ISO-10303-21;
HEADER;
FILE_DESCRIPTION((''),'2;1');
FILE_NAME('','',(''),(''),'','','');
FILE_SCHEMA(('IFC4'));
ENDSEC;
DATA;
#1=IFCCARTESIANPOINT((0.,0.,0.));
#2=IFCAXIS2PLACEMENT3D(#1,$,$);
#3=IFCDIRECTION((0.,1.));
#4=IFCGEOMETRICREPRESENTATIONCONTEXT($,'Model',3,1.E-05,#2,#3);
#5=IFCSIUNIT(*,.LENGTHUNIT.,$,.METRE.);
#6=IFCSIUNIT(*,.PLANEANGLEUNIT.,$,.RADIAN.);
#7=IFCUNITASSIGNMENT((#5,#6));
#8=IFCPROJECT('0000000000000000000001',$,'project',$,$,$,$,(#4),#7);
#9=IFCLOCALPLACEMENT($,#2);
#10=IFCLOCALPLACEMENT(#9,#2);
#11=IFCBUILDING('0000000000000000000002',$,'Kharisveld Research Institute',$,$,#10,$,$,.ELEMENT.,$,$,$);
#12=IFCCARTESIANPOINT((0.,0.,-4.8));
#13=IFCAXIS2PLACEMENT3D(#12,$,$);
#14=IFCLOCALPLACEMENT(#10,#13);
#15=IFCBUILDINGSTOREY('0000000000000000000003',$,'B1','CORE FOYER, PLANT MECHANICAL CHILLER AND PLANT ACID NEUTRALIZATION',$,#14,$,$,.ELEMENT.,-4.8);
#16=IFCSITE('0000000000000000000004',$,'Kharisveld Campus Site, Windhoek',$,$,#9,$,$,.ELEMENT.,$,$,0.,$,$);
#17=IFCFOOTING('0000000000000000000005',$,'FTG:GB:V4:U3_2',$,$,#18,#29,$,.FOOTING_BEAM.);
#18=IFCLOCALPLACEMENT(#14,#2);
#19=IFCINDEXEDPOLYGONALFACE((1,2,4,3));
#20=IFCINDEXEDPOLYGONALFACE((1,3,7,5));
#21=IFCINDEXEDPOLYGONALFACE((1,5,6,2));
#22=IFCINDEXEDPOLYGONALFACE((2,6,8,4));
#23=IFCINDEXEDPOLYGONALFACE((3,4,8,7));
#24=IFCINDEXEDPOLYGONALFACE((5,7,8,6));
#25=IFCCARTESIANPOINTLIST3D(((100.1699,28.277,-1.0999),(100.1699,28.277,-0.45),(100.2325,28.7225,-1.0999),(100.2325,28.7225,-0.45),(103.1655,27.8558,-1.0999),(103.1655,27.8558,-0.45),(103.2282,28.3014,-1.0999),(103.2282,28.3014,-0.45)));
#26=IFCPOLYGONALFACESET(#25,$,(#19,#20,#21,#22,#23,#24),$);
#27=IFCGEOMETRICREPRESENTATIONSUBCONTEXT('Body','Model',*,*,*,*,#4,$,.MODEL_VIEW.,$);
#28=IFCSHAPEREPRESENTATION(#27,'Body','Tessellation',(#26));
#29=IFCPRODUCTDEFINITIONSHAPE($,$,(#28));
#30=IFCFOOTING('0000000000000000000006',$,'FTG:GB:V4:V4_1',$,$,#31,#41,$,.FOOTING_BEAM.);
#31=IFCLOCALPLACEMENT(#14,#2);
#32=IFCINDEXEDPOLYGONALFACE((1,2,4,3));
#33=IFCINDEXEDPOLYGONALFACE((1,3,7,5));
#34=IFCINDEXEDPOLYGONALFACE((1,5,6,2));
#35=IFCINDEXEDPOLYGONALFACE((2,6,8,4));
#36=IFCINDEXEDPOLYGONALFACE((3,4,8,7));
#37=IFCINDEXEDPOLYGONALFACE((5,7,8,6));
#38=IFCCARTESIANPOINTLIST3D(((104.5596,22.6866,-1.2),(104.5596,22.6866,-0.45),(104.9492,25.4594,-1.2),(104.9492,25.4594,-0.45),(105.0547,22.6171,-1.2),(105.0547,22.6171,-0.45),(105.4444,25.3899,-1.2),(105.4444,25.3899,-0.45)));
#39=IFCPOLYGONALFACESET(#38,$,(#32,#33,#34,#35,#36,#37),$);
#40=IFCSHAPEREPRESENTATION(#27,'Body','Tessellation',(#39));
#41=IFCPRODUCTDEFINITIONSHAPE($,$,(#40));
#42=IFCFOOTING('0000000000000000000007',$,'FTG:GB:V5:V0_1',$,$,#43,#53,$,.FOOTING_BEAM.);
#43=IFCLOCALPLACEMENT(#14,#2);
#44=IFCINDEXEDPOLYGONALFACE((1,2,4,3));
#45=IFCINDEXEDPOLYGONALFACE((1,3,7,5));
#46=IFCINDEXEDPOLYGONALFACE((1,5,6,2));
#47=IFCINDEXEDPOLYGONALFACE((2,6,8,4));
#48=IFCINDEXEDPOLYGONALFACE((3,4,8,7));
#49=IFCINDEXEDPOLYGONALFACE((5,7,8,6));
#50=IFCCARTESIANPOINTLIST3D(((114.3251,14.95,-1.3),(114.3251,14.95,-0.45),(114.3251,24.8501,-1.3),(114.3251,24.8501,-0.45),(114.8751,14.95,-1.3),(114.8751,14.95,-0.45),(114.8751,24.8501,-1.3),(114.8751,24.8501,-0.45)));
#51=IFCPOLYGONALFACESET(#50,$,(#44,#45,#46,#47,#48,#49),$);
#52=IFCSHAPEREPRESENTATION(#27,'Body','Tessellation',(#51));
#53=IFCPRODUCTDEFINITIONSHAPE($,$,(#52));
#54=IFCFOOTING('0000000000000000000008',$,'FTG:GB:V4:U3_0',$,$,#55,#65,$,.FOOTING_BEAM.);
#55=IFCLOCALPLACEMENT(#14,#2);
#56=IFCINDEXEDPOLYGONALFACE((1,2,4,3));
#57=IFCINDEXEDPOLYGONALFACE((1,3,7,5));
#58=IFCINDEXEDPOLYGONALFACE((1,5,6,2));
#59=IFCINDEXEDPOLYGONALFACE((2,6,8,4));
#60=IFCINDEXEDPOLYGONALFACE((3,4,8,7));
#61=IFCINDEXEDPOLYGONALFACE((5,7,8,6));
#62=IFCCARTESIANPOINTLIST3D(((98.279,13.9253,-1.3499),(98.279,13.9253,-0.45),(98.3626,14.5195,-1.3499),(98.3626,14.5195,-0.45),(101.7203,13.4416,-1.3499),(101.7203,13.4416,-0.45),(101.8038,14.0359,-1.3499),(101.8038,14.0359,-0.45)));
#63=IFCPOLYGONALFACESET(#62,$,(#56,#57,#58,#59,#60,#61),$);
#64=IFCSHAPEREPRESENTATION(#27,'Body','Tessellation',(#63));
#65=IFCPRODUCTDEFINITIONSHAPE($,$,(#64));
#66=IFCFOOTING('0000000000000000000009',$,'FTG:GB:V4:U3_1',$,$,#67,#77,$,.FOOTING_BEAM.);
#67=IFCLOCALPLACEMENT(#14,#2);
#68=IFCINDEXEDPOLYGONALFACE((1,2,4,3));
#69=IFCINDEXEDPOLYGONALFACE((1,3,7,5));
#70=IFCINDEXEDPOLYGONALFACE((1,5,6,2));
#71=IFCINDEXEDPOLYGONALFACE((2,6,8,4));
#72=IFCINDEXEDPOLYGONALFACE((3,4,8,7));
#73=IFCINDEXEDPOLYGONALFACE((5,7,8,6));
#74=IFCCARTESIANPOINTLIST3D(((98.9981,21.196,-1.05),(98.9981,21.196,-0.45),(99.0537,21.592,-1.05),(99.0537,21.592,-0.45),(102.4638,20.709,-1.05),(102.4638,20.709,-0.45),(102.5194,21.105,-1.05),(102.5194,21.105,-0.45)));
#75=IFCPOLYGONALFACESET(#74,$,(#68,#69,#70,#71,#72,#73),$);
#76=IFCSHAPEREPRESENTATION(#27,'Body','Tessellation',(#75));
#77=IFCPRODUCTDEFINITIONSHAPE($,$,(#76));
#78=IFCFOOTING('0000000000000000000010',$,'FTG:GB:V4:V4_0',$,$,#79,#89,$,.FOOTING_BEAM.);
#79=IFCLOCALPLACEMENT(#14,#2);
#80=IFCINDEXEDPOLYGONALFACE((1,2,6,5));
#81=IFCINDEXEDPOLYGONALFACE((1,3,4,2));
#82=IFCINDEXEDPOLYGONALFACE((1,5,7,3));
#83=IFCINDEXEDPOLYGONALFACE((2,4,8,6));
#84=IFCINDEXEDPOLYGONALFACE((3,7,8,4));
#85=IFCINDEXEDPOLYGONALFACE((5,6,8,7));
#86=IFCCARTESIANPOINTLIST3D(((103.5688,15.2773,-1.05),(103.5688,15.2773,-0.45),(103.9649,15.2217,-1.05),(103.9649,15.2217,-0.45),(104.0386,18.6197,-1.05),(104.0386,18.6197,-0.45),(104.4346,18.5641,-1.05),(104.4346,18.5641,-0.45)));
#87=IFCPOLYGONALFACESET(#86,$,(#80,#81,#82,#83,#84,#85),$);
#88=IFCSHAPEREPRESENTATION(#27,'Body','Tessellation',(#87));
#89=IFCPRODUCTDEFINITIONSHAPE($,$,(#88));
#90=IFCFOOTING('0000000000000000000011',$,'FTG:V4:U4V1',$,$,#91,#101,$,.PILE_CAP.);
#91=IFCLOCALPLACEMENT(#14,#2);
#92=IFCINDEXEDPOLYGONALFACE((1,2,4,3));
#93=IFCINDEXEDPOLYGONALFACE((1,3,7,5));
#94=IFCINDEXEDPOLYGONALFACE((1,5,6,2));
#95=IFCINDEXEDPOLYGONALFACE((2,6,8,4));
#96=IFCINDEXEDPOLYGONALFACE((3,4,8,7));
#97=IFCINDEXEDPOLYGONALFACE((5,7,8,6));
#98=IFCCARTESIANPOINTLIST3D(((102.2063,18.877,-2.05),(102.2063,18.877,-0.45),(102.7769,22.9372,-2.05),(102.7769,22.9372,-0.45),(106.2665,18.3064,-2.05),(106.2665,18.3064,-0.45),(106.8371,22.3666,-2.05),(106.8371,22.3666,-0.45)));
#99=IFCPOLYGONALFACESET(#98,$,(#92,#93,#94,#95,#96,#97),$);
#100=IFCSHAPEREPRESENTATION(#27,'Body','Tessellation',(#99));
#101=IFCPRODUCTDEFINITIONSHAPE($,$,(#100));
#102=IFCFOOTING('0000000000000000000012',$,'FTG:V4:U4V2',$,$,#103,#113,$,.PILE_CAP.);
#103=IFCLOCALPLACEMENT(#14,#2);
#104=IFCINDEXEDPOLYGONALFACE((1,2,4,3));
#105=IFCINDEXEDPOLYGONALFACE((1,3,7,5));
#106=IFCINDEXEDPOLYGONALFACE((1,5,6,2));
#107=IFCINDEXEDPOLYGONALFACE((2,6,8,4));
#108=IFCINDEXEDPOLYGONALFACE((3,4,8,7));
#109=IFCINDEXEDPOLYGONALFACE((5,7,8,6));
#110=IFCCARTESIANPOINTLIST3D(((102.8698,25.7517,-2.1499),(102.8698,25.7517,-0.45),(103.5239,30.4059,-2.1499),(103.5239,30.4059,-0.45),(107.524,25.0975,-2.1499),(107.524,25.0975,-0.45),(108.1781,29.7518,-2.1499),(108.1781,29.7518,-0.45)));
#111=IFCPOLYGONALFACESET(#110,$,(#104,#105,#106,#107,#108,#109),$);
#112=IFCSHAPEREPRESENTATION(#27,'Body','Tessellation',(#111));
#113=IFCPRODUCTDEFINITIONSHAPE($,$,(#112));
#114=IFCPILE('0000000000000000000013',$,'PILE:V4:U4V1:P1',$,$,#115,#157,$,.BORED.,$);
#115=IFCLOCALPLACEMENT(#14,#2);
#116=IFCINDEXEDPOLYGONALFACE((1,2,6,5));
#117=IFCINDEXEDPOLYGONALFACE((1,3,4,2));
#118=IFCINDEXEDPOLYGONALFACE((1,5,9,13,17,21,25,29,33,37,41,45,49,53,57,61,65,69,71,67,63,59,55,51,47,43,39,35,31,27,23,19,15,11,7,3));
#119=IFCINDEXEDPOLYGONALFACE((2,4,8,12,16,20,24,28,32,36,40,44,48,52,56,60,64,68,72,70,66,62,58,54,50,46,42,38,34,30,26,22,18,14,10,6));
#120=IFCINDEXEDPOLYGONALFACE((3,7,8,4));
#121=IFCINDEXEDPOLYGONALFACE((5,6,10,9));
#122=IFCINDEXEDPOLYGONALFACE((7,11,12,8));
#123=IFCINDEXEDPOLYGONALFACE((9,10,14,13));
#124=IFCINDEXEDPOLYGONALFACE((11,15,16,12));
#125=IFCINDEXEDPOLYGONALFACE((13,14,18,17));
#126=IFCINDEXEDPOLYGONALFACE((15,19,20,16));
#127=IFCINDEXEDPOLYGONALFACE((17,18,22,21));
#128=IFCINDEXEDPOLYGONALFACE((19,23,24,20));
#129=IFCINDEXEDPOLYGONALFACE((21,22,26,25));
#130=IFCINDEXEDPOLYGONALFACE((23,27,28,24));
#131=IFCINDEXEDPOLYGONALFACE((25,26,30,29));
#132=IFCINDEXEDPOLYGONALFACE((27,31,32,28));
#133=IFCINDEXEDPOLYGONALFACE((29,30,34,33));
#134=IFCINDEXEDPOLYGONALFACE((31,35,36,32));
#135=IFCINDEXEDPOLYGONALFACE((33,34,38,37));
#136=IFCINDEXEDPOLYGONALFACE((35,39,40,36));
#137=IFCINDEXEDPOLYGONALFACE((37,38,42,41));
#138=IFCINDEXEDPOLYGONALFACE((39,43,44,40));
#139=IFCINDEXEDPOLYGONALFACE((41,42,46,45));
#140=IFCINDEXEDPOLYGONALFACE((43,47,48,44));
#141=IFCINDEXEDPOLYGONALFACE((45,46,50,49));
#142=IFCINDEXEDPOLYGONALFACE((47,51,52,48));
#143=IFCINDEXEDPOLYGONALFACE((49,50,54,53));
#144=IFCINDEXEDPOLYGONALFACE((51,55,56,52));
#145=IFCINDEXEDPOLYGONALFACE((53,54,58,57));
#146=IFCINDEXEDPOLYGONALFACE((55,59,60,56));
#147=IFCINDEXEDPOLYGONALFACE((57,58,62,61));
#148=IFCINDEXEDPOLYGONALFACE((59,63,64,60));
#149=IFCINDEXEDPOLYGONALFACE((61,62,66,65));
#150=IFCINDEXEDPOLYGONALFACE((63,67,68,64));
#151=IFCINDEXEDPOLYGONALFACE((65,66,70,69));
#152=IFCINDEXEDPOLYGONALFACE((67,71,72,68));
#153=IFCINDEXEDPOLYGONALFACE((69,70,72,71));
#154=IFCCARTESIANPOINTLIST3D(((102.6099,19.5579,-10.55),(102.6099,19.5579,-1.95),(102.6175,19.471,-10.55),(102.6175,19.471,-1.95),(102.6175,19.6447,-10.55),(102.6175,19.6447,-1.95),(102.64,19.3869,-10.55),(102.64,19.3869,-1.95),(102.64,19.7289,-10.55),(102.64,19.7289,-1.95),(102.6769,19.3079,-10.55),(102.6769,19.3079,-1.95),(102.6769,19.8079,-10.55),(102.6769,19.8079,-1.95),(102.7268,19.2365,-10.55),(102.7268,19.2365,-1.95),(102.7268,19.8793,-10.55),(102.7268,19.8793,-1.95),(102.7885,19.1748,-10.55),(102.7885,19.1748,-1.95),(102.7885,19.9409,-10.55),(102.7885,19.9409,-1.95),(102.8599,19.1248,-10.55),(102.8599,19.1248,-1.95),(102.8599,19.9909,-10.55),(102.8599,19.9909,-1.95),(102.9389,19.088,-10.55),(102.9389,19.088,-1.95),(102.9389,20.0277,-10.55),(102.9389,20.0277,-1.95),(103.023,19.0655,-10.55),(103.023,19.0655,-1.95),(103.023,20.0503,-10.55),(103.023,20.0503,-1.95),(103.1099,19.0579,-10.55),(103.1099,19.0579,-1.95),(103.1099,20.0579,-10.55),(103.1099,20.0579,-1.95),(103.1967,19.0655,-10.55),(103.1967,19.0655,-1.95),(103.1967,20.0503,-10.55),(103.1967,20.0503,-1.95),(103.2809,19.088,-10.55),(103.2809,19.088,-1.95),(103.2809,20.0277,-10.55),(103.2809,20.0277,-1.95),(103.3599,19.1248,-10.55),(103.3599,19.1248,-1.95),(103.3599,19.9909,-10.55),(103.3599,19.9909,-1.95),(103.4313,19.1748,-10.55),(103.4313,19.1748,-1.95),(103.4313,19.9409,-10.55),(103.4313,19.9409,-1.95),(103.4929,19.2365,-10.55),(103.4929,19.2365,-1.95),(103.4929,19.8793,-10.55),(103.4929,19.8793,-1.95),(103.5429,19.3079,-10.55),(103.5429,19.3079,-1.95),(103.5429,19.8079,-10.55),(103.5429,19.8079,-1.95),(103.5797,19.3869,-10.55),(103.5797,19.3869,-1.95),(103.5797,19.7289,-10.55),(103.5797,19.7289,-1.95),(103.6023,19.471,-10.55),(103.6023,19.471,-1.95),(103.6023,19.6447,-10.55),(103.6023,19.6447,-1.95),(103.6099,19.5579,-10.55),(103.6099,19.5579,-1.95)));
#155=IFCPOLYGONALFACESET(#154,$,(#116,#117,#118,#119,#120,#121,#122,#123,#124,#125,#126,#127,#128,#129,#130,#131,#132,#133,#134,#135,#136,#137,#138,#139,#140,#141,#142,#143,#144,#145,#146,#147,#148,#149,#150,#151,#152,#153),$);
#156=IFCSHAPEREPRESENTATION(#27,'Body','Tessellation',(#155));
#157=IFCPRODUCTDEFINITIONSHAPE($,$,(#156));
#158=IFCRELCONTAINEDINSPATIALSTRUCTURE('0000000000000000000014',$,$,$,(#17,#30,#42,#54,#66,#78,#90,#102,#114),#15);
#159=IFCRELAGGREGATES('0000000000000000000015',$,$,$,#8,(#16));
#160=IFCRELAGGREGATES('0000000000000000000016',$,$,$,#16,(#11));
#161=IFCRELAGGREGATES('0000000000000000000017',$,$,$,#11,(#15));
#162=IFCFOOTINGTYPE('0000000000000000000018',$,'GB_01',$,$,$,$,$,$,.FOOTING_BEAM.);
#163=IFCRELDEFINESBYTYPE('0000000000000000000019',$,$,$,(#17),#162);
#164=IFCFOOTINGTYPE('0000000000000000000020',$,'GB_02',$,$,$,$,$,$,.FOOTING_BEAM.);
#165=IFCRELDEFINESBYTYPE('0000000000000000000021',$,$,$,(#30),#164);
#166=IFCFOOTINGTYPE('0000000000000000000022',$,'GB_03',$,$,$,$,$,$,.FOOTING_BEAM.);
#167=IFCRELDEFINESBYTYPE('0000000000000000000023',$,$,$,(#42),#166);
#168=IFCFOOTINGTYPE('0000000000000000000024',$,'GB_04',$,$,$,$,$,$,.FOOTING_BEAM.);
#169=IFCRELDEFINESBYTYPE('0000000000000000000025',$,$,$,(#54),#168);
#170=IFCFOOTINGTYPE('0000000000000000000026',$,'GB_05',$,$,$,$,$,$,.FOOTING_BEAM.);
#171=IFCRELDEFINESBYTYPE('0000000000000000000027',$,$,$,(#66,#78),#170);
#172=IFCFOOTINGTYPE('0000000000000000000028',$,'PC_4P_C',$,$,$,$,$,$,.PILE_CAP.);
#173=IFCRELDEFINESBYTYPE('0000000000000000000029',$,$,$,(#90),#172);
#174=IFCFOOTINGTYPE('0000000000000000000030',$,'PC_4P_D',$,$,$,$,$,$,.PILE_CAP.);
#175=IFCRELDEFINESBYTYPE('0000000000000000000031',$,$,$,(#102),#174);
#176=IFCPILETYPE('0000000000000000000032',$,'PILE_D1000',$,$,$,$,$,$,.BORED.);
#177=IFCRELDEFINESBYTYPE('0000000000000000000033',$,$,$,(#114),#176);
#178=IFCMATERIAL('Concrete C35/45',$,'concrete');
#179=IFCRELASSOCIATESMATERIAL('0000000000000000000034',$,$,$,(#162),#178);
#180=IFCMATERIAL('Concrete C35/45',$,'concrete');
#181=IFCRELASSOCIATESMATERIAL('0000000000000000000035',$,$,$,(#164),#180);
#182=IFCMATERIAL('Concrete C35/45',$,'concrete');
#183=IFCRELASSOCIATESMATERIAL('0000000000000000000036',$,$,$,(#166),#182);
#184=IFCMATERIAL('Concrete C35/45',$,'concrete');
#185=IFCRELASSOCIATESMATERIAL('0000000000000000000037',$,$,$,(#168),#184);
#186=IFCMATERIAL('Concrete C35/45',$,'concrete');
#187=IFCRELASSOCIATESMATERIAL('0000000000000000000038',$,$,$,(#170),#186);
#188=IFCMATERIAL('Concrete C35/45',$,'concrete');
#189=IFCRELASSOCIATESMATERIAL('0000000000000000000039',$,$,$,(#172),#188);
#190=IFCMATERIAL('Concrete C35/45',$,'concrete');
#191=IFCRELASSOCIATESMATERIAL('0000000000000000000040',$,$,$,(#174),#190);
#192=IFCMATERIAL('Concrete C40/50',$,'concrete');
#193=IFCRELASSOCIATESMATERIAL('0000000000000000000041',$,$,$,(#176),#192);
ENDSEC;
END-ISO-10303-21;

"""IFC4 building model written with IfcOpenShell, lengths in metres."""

from ifc_helpers import new_model, si_unit, direction, frame, origin, origin_2d, place, context, subcontext, project, spatial, rectangle, circle, extrude, material, material_profile, profile_set, type_object, element, save


model = new_model("IFC4")

# Units and contexts
model_context = context("Model", 3, precision=1e-05, world=origin(), true_north=direction((0.0, 1.0)))
body_context = subcontext(model_context, "Body", "Model", "MODEL_VIEW")
ifc_project = project(units=[si_unit("LENGTHUNIT", "METRE"), si_unit("PLANEANGLEUNIT", "RADIAN")], contexts=[model_context])

# Site, building, storey
site_placement = place(None, origin())
site = spatial("IfcSite", under=ifc_project, at=site_placement, Name="Kharisveld Campus Site, Windhoek", CompositionType="ELEMENT", RefElevation=0.0)
building_placement = place(site_placement, origin())
building = spatial("IfcBuilding", under=site, at=building_placement, Name="Kharisveld Research Institute", CompositionType="ELEMENT")
storey_placement = place(building_placement, frame((0.0, 0.0, -4.8)))
storey = spatial("IfcBuildingStorey", under=building, at=storey_placement, Name="B1", Description="CORE FOYER, PLANT MECHANICAL CHILLER AND PLANT ACID NEUTRALIZATION", CompositionType="ELEMENT", Elevation=-4.8)

# Footings
ifc_material_1 = material(Name="Concrete C35/45", Category="concrete")
ifc_material_profile_1 = material_profile(ifc_material_1, rectangle(XDim=0.45, YDim=0.6499, at=origin_2d()))
ifc_profile_set_1 = profile_set([ifc_material_profile_1], Name="Concrete C35/45")
footing_type_1 = type_object("IfcFootingType", Name="GB_01", PredefinedType="FOOTING_BEAM", material=ifc_profile_set_1)
footing_1_placement = place(storey_placement, frame((100.2012, 28.4998, -0.7749), z_axis=(0.990262, -0.139218, 0.0), x_axis=(0.139218, 0.990262, 0.0)))
element("IfcFooting", 1, at=footing_1_placement, inside=storey, type_object=footing_type_1, Name="FTG:GB:V4:U3_2", PredefinedType="FOOTING_BEAM", context=body_context, shape_type="SweptSolid", body=[
    extrude(rectangle(XDim=0.45, YDim=0.6499, at=origin_2d()), origin(), (0.0, 0.0, 1.0), 3.0251),
])
ifc_material_2 = material(Name="Concrete C35/45", Category="concrete")
ifc_material_profile_2 = material_profile(ifc_material_2, rectangle(XDim=0.5, YDim=0.75, at=origin_2d()))
ifc_profile_set_2 = profile_set([ifc_material_profile_2], Name="Concrete C35/45")
footing_type_2 = type_object("IfcFootingType", Name="GB_02", PredefinedType="FOOTING_BEAM", material=ifc_profile_set_2)
footing_2_placement = place(storey_placement, frame((104.8071, 22.6519, -0.825), z_axis=(0.139163, 0.99027, 0.0), x_axis=(-0.99027, 0.139163, 0.0)))
element("IfcFooting", 2, at=footing_2_placement, inside=storey, type_object=footing_type_2, Name="FTG:GB:V4:V4_1", PredefinedType="FOOTING_BEAM", context=body_context, shape_type="SweptSolid", body=[
    extrude(rectangle(XDim=0.5, YDim=0.75, at=origin_2d()), origin(), (0.0, 0.0, 1.0), 2.8),
])
ifc_material_3 = material(Name="Concrete C35/45", Category="concrete")
ifc_material_profile_3 = material_profile(ifc_material_3, rectangle(XDim=0.55, YDim=0.8501, at=origin_2d()))
ifc_profile_set_3 = profile_set([ifc_material_profile_3], Name="Concrete C35/45")
footing_type_3 = type_object("IfcFootingType", Name="GB_03", PredefinedType="FOOTING_BEAM", material=ifc_profile_set_3)
footing_3_placement = place(storey_placement, frame((114.6001, 14.95, -0.875), z_axis=(0.0, 1.0, 0.0), x_axis=(-1.0, 0.0, 0.0)))
element("IfcFooting", 3, at=footing_3_placement, inside=storey, type_object=footing_type_3, Name="FTG:GB:V5:V0_1", PredefinedType="FOOTING_BEAM", context=body_context, shape_type="SweptSolid", body=[
    extrude(rectangle(XDim=0.55, YDim=0.8501, at=origin_2d()), origin(), (0.0, 0.0, 1.0), 9.9001),
])
ifc_material_4 = material(Name="Concrete C35/45", Category="concrete")
ifc_material_profile_4 = material_profile(ifc_material_4, rectangle(XDim=0.6001, YDim=0.8999, at=origin_2d()))
ifc_profile_set_4 = profile_set([ifc_material_profile_4], Name="Concrete C35/45")
footing_type_4 = type_object("IfcFootingType", Name="GB_04", PredefinedType="FOOTING_BEAM", material=ifc_profile_set_4)
footing_4_placement = place(storey_placement, frame((98.3208, 14.2224, -0.8999), z_axis=(0.990267, -0.139178, 0.0), x_axis=(0.139178, 0.990267, 0.0)))
element("IfcFooting", 4, at=footing_4_placement, inside=storey, type_object=footing_type_4, Name="FTG:GB:V4:U3_0", PredefinedType="FOOTING_BEAM", context=body_context, shape_type="SweptSolid", body=[
    extrude(rectangle(XDim=0.6001, YDim=0.8999, at=origin_2d()), origin(), (0.0, 0.0, 1.0), 3.4751),
])
ifc_material_5 = material(Name="Concrete C35/45", Category="concrete")
ifc_material_profile_5 = material_profile(ifc_material_5, rectangle(XDim=0.3999, YDim=0.6001, at=origin_2d()))
ifc_profile_set_5 = profile_set([ifc_material_profile_5], Name="Concrete C35/45")
footing_type_5 = type_object("IfcFootingType", Name="GB_05", PredefinedType="FOOTING_BEAM", material=ifc_profile_set_5)
footing_5_placement = place(storey_placement, frame((99.0259, 21.394, -0.75), z_axis=(0.990269, -0.139165, 0.0), x_axis=(0.139165, 0.990269, 0.0)))
element("IfcFooting", 5, at=footing_5_placement, inside=storey, type_object=footing_type_5, Name="FTG:GB:V4:U3_1", PredefinedType="FOOTING_BEAM", context=body_context, shape_type="SweptSolid", body=[
    extrude(rectangle(XDim=0.3999, YDim=0.6001, at=origin_2d()), origin(), (0.0, 0.0, 1.0), 3.4998),
])
footing_6_placement = place(storey_placement, frame((103.7668, 15.2495, -0.75), z_axis=(0.139173, 0.990268, 0.0), x_axis=(-0.990268, 0.139173, 0.0)))
element("IfcFooting", 6, at=footing_6_placement, inside=storey, type_object=footing_type_5, Name="FTG:GB:V4:V4_0", PredefinedType="FOOTING_BEAM", context=body_context, shape_type="SweptSolid", body=[
    extrude(rectangle(XDim=0.3999, YDim=0.6001, at=origin_2d()), origin(), (0.0, 0.0, 1.0), 3.3752),
])
ifc_material_6 = material(Name="Concrete C35/45", Category="concrete")
footing_type_6 = type_object("IfcFootingType", Name="PC_4P_C", PredefinedType="PILE_CAP", material=ifc_material_6)
footing_7_placement = place(storey_placement, frame((104.5217, 20.6218, -2.05), z_axis=(0.0, 0.0, 1.0), x_axis=(0.990268, -0.139173, 0.0)))
element("IfcFooting", 7, at=footing_7_placement, inside=storey, type_object=footing_type_6, Name="FTG:V4:U4V1", PredefinedType="PILE_CAP", context=body_context, shape_type="SweptSolid", body=[
    extrude(rectangle(XDim=4.1001, YDim=4.1001, at=origin_2d()), origin(), (0.0, 0.0, 1.0), 1.6001),
])
ifc_material_7 = material(Name="Concrete C35/45", Category="concrete")
footing_type_7 = type_object("IfcFootingType", Name="PC_4P_D", PredefinedType="PILE_CAP", material=ifc_material_7)
footing_8_placement = place(storey_placement, frame((105.5239, 27.7517, -2.1499), z_axis=(0.0, 0.0, 1.0), x_axis=(0.990268, -0.139173, 0.0)))
element("IfcFooting", 8, at=footing_8_placement, inside=storey, type_object=footing_type_7, Name="FTG:V4:U4V2", PredefinedType="PILE_CAP", context=body_context, shape_type="SweptSolid", body=[
    extrude(rectangle(XDim=4.7, YDim=4.7, at=origin_2d()), origin(), (0.0, 0.0, 1.0), 1.7),
])

# Pile
ifc_material_8 = material(Name="Concrete C40/50", Category="concrete")
ifc_material_profile_6 = material_profile(ifc_material_8, circle(Radius=0.5, at=origin_2d()))
ifc_profile_set_6 = profile_set([ifc_material_profile_6], Name="Concrete C40/50")
pile_type_1 = type_object("IfcPileType", Name="PILE_D1000", PredefinedType="BORED", material=ifc_profile_set_6)
for number, where, z_axis, x_axis, name in (
    (9, (103.1099, 19.5579, -1.95), (0.0, 0.0, -1.0), (1.0, 0.0, 0.0), "PILE:V4:U4V1:P1"),
):
    element("IfcPile", number, at=place(storey_placement, frame(where, z_axis=z_axis, x_axis=x_axis)), inside=storey, type_object=pile_type_1, Name=name, PredefinedType="BORED", context=body_context, shape_type="SweptSolid", body=[
        extrude(circle(Radius=0.5, at=origin_2d()), origin(), (0.0, 0.0, 1.0), 8.6001),
    ])

save(model, "model.ifc")
